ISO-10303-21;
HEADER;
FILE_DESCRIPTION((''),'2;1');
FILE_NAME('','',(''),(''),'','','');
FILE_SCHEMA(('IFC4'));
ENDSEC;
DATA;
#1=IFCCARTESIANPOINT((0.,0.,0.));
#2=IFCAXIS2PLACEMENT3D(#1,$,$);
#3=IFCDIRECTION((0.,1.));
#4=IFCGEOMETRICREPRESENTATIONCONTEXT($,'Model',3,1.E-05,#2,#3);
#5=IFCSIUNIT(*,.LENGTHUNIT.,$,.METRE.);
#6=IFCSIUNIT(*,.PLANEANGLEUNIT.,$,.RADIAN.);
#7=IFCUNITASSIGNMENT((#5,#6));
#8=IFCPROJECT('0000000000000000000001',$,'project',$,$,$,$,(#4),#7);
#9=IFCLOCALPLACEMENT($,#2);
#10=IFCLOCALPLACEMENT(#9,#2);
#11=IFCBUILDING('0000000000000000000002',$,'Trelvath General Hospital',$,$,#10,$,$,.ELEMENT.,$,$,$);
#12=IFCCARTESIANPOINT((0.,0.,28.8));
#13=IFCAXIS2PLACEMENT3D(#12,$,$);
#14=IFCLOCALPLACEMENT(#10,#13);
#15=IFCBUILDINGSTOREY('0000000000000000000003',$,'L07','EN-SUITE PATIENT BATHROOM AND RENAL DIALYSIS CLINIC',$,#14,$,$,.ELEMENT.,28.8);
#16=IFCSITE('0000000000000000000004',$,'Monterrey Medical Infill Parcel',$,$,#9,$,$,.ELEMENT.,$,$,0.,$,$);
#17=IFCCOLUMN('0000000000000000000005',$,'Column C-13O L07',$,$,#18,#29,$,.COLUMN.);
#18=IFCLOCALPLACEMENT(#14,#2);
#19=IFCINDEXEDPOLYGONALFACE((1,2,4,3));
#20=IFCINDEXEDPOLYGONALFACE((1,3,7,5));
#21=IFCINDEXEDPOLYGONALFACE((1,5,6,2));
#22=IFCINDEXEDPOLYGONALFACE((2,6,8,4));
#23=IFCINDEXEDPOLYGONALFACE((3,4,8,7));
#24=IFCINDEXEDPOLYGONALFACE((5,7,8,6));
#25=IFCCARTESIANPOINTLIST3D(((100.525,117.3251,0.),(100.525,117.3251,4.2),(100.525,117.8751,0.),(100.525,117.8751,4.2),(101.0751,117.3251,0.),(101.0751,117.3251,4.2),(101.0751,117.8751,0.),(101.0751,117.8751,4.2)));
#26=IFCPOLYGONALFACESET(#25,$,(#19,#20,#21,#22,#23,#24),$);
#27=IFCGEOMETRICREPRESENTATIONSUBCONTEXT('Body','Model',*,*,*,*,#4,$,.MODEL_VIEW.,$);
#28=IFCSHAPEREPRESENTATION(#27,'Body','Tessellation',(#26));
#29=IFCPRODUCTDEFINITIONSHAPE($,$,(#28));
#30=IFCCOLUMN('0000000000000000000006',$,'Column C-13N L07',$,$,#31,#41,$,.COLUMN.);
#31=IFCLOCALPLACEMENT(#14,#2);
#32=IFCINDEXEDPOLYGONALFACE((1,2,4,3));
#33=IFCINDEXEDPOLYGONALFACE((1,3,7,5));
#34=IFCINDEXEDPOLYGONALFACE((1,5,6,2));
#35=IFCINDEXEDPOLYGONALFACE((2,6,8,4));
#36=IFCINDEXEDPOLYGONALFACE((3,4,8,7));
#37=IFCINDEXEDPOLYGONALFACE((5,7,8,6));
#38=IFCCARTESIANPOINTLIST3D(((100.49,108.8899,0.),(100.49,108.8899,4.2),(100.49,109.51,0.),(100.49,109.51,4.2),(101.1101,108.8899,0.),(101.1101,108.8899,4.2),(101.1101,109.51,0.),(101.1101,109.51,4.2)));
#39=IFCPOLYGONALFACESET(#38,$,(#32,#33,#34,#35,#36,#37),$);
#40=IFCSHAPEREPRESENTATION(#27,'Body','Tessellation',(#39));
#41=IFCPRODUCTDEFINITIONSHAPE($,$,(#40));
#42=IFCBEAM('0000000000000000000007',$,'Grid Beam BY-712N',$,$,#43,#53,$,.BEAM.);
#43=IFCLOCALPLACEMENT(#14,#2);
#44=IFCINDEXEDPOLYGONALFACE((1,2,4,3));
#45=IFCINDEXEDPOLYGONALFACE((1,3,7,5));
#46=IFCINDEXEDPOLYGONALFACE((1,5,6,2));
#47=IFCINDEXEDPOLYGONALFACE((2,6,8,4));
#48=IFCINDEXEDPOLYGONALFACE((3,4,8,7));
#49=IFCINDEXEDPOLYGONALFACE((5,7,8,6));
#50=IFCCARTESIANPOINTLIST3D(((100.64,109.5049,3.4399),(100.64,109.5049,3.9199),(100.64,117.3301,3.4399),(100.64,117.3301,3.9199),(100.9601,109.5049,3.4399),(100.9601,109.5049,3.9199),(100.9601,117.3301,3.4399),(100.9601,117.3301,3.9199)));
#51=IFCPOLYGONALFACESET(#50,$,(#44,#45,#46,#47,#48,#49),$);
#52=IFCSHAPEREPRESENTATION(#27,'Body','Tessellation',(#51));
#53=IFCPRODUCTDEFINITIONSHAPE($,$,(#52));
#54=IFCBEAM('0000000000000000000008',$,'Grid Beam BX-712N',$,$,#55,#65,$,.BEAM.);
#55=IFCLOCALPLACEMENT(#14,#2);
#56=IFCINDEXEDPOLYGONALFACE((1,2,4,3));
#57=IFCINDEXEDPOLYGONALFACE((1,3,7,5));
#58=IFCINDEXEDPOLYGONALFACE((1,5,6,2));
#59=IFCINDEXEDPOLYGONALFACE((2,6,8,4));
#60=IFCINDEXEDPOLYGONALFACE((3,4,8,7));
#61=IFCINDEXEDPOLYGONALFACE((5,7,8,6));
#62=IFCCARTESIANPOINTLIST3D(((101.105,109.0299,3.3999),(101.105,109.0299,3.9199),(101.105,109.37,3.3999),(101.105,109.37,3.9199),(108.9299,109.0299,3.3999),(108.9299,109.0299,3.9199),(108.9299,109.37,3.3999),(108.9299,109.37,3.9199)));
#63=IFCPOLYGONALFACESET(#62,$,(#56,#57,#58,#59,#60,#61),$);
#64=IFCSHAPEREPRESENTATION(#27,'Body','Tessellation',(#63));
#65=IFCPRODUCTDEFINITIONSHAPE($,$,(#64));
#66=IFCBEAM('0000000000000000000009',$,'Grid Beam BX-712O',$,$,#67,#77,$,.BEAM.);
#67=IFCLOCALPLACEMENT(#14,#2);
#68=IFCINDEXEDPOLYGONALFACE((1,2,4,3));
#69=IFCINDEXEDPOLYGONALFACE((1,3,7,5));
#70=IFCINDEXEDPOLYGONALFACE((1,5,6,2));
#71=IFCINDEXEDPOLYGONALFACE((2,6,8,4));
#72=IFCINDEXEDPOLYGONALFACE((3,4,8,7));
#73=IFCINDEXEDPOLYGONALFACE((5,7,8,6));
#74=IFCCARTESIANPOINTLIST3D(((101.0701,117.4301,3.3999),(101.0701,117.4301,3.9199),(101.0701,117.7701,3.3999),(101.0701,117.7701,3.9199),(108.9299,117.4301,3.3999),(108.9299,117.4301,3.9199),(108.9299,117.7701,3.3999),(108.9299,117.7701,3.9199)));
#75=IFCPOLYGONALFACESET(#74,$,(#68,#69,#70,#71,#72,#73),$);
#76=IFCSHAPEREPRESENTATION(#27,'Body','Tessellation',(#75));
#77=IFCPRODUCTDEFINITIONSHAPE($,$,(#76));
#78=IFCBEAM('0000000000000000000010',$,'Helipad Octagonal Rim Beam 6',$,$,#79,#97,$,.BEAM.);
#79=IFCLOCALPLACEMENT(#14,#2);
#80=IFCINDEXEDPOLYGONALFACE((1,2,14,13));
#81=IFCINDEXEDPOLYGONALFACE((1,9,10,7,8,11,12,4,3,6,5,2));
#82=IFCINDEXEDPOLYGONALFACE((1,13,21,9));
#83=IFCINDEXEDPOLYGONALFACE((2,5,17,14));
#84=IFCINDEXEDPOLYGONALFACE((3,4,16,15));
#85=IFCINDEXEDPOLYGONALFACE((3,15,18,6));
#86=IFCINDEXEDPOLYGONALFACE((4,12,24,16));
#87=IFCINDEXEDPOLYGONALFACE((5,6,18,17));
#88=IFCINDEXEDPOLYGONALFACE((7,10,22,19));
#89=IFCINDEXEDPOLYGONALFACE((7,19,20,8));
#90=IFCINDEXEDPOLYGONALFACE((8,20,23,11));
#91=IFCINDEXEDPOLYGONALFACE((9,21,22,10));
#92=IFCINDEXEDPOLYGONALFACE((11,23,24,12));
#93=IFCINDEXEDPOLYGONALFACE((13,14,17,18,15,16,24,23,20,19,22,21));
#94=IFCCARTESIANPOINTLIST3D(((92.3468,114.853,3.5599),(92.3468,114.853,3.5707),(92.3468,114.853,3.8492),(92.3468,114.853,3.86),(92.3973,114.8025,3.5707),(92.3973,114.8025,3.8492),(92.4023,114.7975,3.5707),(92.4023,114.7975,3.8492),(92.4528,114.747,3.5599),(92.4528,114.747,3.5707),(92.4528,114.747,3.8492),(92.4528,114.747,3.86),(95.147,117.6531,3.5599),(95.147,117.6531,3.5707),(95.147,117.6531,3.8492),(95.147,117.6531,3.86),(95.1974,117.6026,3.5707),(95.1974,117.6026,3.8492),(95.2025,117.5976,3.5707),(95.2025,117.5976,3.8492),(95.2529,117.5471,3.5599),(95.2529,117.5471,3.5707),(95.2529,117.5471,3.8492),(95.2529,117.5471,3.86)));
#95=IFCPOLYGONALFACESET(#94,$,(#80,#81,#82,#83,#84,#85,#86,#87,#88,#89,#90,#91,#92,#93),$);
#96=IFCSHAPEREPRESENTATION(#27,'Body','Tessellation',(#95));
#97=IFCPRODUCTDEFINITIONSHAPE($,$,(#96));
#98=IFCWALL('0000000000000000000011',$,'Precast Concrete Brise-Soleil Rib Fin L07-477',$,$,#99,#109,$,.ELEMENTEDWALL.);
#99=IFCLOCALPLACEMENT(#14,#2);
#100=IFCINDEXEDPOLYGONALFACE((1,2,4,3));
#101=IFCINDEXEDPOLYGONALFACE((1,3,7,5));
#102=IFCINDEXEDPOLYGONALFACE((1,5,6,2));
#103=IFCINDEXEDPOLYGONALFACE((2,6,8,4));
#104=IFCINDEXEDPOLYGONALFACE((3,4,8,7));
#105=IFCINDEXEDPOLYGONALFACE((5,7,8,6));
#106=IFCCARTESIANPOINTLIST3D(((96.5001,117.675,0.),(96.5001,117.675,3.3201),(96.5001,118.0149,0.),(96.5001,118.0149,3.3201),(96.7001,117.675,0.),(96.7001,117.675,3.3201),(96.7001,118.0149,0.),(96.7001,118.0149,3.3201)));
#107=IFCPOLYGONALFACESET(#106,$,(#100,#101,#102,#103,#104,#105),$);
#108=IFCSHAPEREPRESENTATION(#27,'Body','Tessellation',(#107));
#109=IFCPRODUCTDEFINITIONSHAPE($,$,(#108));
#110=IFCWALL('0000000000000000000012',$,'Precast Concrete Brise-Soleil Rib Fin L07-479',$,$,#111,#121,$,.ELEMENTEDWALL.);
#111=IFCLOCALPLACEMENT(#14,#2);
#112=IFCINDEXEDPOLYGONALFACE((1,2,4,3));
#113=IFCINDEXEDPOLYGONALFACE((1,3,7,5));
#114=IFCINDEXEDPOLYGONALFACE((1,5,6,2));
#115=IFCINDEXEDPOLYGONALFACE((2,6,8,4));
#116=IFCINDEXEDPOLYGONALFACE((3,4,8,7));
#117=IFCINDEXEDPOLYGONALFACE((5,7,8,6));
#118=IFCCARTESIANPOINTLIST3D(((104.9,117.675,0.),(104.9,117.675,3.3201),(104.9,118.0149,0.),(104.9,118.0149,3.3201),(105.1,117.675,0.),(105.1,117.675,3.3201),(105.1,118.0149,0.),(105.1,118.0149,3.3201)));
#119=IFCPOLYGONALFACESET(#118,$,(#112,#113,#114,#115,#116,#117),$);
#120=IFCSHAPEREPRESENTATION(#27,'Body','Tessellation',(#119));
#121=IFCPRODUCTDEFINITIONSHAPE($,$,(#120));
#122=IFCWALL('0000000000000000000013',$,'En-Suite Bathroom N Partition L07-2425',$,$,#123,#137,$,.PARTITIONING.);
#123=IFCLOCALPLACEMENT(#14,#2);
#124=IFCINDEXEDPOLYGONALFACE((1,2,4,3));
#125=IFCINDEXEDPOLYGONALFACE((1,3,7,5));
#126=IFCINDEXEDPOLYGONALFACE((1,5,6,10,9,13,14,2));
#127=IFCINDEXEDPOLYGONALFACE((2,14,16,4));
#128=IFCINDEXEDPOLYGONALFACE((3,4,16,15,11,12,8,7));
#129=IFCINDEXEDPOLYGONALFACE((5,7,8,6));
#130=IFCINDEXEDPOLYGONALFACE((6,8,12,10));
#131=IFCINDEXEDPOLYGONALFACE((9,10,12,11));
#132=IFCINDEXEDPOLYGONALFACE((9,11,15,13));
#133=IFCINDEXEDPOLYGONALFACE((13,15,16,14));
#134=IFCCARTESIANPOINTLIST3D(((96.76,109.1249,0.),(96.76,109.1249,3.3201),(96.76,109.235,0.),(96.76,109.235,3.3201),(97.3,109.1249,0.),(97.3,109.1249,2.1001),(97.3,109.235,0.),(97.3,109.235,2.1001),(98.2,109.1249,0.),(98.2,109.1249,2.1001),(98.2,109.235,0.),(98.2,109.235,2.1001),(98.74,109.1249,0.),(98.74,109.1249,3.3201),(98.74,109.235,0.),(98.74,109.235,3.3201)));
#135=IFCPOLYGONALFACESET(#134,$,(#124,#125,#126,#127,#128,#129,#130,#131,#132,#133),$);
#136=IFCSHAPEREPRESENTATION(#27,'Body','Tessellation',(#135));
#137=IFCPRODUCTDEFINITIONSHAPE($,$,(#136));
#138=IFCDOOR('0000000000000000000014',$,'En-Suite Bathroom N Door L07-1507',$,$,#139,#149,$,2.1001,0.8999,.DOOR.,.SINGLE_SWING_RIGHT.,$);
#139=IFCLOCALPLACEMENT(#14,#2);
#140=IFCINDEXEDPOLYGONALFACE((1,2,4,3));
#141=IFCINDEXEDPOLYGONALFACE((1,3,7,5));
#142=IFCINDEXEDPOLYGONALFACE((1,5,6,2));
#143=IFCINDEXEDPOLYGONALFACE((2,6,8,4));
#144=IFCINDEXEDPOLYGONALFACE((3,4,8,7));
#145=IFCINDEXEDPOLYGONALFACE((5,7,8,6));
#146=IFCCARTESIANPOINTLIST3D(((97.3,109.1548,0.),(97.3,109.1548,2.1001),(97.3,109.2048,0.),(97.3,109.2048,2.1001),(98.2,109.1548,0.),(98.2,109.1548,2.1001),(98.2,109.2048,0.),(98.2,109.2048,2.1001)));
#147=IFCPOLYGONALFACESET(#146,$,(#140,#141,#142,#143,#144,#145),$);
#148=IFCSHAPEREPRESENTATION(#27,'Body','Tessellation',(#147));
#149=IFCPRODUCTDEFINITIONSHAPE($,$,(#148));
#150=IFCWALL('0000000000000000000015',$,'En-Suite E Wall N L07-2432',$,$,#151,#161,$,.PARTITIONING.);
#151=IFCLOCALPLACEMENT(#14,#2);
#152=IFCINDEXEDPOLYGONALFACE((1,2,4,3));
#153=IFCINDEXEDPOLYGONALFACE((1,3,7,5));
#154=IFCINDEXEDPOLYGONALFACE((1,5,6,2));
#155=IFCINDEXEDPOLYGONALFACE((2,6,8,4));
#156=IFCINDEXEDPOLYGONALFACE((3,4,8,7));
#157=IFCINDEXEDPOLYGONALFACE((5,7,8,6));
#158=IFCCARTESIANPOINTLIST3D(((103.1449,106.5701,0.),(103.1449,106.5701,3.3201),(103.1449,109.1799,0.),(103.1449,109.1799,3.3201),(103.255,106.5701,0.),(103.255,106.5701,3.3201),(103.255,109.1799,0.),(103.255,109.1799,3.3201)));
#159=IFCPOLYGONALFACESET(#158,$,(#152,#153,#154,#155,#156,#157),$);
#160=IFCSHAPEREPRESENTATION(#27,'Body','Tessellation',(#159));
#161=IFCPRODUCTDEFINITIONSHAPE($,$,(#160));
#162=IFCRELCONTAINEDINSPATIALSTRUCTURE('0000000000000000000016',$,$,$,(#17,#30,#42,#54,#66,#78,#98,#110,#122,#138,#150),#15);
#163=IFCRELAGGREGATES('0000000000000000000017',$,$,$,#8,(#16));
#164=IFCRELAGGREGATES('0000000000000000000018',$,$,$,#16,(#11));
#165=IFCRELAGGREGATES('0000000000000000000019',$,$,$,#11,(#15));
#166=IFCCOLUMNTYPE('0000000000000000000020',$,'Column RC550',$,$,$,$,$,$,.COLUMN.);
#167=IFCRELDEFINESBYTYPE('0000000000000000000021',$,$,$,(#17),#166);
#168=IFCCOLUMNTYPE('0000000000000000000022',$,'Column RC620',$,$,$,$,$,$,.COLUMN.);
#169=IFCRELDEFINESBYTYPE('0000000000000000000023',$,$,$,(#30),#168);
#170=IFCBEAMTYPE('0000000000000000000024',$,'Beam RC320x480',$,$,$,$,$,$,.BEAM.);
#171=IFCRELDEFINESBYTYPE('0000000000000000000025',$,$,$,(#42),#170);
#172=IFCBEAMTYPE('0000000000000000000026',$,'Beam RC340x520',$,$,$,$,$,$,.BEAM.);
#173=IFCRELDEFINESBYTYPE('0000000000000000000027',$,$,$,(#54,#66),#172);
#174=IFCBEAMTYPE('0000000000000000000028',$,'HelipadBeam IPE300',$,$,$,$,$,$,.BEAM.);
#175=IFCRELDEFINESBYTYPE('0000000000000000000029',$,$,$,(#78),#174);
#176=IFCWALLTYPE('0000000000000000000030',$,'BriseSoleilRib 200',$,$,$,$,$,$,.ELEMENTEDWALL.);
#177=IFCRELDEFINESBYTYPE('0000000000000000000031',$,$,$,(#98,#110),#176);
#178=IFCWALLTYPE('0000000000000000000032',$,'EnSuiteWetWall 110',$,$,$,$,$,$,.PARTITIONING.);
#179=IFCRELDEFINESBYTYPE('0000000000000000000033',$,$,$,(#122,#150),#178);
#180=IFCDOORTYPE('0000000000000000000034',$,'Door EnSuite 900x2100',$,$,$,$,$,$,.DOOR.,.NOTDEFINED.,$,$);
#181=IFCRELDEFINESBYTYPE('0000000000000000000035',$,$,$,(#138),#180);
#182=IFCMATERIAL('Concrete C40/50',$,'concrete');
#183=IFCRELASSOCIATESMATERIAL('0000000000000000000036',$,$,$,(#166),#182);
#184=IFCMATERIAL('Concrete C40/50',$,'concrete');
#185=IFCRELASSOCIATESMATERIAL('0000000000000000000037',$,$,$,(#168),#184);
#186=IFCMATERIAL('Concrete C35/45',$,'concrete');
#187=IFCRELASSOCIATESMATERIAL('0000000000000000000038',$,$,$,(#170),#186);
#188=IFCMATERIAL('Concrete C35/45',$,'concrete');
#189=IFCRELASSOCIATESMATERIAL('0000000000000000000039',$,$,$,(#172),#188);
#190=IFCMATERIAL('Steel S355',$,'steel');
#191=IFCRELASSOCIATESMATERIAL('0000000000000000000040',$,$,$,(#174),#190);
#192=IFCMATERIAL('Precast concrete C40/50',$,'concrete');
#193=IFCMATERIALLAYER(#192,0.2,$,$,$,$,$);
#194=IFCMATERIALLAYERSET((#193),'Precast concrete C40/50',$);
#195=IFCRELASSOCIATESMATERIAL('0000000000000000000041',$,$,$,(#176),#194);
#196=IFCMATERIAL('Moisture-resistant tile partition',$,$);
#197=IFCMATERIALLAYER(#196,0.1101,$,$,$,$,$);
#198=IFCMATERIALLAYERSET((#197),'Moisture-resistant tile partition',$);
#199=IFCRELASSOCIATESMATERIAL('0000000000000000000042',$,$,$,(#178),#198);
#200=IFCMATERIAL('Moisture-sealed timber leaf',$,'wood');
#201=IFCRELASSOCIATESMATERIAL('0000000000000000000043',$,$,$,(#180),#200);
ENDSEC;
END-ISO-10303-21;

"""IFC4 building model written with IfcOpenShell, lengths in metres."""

from ifc_helpers import new_model, si_unit, direction, frame, frame_2d, origin, origin_2d, place, context, subcontext, project, spatial, rectangle, i_section, extrude, material, layer, layer_set, material_profile, profile_set, type_object, element, fill, save


model = new_model("IFC4")

# Units and contexts
model_context = context("Model", 3, precision=1e-05, world=origin(), true_north=direction((0.0, 1.0)))
body_context = subcontext(model_context, "Body", "Model", "MODEL_VIEW")
ifc_project = project(units=[si_unit("LENGTHUNIT", "METRE"), si_unit("PLANEANGLEUNIT", "RADIAN")], contexts=[model_context])

# Site, building, storey
site_placement = place(None, origin())
site = spatial("IfcSite", under=ifc_project, at=site_placement, Name="Monterrey Medical Infill Parcel", CompositionType="ELEMENT", RefElevation=0.0)
building_placement = place(site_placement, origin())
building = spatial("IfcBuilding", under=site, at=building_placement, Name="Trelvath General Hospital", CompositionType="ELEMENT")
storey_placement = place(building_placement, frame((0.0, 0.0, 28.8)))
storey = spatial("IfcBuildingStorey", under=building, at=storey_placement, Name="L07", Description="EN-SUITE PATIENT BATHROOM AND RENAL DIALYSIS CLINIC", CompositionType="ELEMENT", Elevation=28.8)

# Columns
ifc_material_1 = material(Name="Concrete C40/50", Category="concrete")
ifc_material_profile_1 = material_profile(ifc_material_1, rectangle(XDim=0.55, YDim=0.55, at=origin_2d()), Name="RC550x550")
ifc_profile_set_1 = profile_set([ifc_material_profile_1], Name="Concrete C40/50")
column_type_1 = type_object("IfcColumnType", Name="Column RC550", PredefinedType="COLUMN", material=ifc_profile_set_1)
column_1_placement = place(storey_placement, frame((100.8, 117.6001, 0.0), z_axis=(0.0, 0.0, 1.0), x_axis=(1.0, 0.0, 0.0)))
element("IfcColumn", 1, at=column_1_placement, inside=storey, type_object=column_type_1, Name="Column C-13O L07", PredefinedType="COLUMN", context=body_context, shape_type="SweptSolid", body=[
    extrude(rectangle(XDim=0.55, YDim=0.55, at=origin_2d()), origin(), (0.0, 0.0, 1.0), 4.2),
])
ifc_material_2 = material(Name="Concrete C40/50", Category="concrete")
ifc_material_profile_2 = material_profile(ifc_material_2, rectangle(XDim=0.6201, YDim=0.6201, at=origin_2d()), Name="RC620x620")
ifc_profile_set_2 = profile_set([ifc_material_profile_2], Name="Concrete C40/50")
column_type_2 = type_object("IfcColumnType", Name="Column RC620", PredefinedType="COLUMN", material=ifc_profile_set_2)
column_2_placement = place(storey_placement, frame((100.8, 109.2, 0.0), z_axis=(0.0, 0.0, 1.0), x_axis=(1.0, 0.0, 0.0)))
element("IfcColumn", 2, at=column_2_placement, inside=storey, type_object=column_type_2, Name="Column C-13N L07", PredefinedType="COLUMN", context=body_context, shape_type="SweptSolid", body=[
    extrude(rectangle(XDim=0.6201, YDim=0.6201, at=origin_2d()), origin(), (0.0, 0.0, 1.0), 4.2),
])

# Beams
ifc_material_3 = material(Name="Concrete C35/45", Category="concrete")
ifc_material_profile_3 = material_profile(ifc_material_3, rectangle(XDim=0.3201, YDim=0.48, at=origin_2d()), Name="RCB320x480")
ifc_profile_set_3 = profile_set([ifc_material_profile_3], Name="Concrete C35/45")
beam_type_1 = type_object("IfcBeamType", Name="Beam RC320x480", PredefinedType="BEAM", material=ifc_profile_set_3)
beam_1_placement = place(storey_placement, frame((100.8, 109.5049, 3.6799), z_axis=(0.0, 1.0, 0.0), x_axis=(-1.0, 0.0, 0.0)))
element("IfcBeam", 3, at=beam_1_placement, inside=storey, type_object=beam_type_1, Name="Grid Beam BY-712N", PredefinedType="BEAM", context=body_context, shape_type="SweptSolid", body=[
    extrude(rectangle(XDim=0.3201, YDim=0.48, at=origin_2d()), origin(), (0.0, 0.0, 1.0), 7.8252),
])
ifc_material_4 = material(Name="Concrete C35/45", Category="concrete")
ifc_material_profile_4 = material_profile(ifc_material_4, rectangle(XDim=0.3401, YDim=0.52, at=origin_2d()), Name="RCB340x520")
ifc_profile_set_4 = profile_set([ifc_material_profile_4], Name="Concrete C35/45")
beam_type_2 = type_object("IfcBeamType", Name="Beam RC340x520", PredefinedType="BEAM", material=ifc_profile_set_4)
beam_2_placement = place(storey_placement, frame((101.105, 109.2, 3.6599), z_axis=(1.0, 0.0, 0.0), x_axis=(0.0, 1.0, 0.0)))
element("IfcBeam", 4, at=beam_2_placement, inside=storey, type_object=beam_type_2, Name="Grid Beam BX-712N", PredefinedType="BEAM", context=body_context, shape_type="SweptSolid", body=[
    extrude(rectangle(XDim=0.3401, YDim=0.52, at=origin_2d()), origin(), (0.0, 0.0, 1.0), 7.825),
])
beam_3_placement = place(storey_placement, frame((101.0701, 117.6001, 3.6599), z_axis=(1.0, 0.0, 0.0), x_axis=(0.0, 1.0, 0.0)))
element("IfcBeam", 5, at=beam_3_placement, inside=storey, type_object=beam_type_2, Name="Grid Beam BX-712O", PredefinedType="BEAM", context=body_context, shape_type="SweptSolid", body=[
    extrude(rectangle(XDim=0.3401, YDim=0.52, at=origin_2d()), origin(), (0.0, 0.0, 1.0), 7.8599),
])
ifc_material_5 = material(Name="Steel S355", Category="steel")
ifc_material_profile_5 = material_profile(ifc_material_5, i_section(OverallWidth=0.1499, OverallDepth=0.3, WebThickness=0.0071, FlangeThickness=0.0107, at=origin_2d()), Name="IPE300")
ifc_profile_set_5 = profile_set([ifc_material_profile_5], Name="Steel S355")
beam_type_3 = type_object("IfcBeamType", Name="HelipadBeam IPE300", PredefinedType="BEAM", material=ifc_profile_set_5)
beam_4_placement = place(storey_placement, frame((95.2, 117.6001, 3.71), z_axis=(-0.707107, -0.707107, 0.0), x_axis=(0.707107, -0.707107, 0.0)))
element("IfcBeam", 6, at=beam_4_placement, inside=storey, type_object=beam_type_3, Name="Helipad Octagonal Rim Beam 6", PredefinedType="BEAM", context=body_context, shape_type="SweptSolid", body=[
    extrude(i_section(OverallWidth=0.1499, OverallDepth=0.3, WebThickness=0.0071, FlangeThickness=0.0107, at=origin_2d()), origin(), (0.0, 0.0, 1.0), 3.96),
])

# Walls
ifc_material_6 = material(Name="Precast concrete C40/50", Category="concrete")
ifc_layer_1 = layer(ifc_material_6, 0.2)
ifc_layer_set_1 = layer_set([ifc_layer_1], Name="Precast concrete C40/50")
wall_type_1 = type_object("IfcWallType", Name="BriseSoleilRib 200", PredefinedType="ELEMENTEDWALL", material=ifc_layer_set_1)
for number, where, z_axis, x_axis, name in (
    (7, (96.6001, 117.675, 0.0), (0.0, 0.0, 1.0), (0.0, 1.0, 0.0), "Precast Concrete Brise-Soleil Rib Fin L07-477"),
    (8, (105.0, 117.675, 0.0), (0.0, 0.0, 1.0), (0.0, 1.0, 0.0), "Precast Concrete Brise-Soleil Rib Fin L07-479"),
):
    element("IfcWall", number, at=place(storey_placement, frame(where, z_axis=z_axis, x_axis=x_axis)), inside=storey, type_object=wall_type_1, Name=name, PredefinedType="ELEMENTEDWALL", context=body_context, shape_type="SweptSolid", body=[
        extrude(rectangle(XDim=0.3398, YDim=0.2, at=frame_2d((0.1699, 0.0))), origin(), (0.0, 0.0, 1.0), 3.3201),
    ])

# Wall, opening, door
ifc_material_7 = material(Name="Moisture-resistant tile partition")
ifc_layer_2 = layer(ifc_material_7, 0.1101)
ifc_layer_set_2 = layer_set([ifc_layer_2], Name="Moisture-resistant tile partition")
wall_type_2 = type_object("IfcWallType", Name="EnSuiteWetWall 110", PredefinedType="PARTITIONING", material=ifc_layer_set_2)
wall_1_placement = place(storey_placement, frame((96.76, 109.1799, 0.0), z_axis=(0.0, 0.0, 1.0), x_axis=(1.0, 0.0, 0.0)))
wall_1 = element("IfcWall", 9, at=wall_1_placement, inside=storey, type_object=wall_type_2, Name="En-Suite Bathroom N Partition L07-2425", PredefinedType="PARTITIONING", context=body_context, shape_type="SweptSolid", body=[
    extrude(rectangle(XDim=1.98, YDim=0.1101, at=frame_2d((0.99, 0.0))), origin(), (0.0, 0.0, 1.0), 3.3201),
])
opening_1_placement = place(wall_1_placement, frame((0.54, 0.0, 0.0)))
opening_1 = element("IfcOpeningElement", 10, at=opening_1_placement, cuts=wall_1, PredefinedType="OPENING", context=body_context, shape_type="SweptSolid", body=[
    extrude(rectangle(XDim=0.8999, YDim=2.1001, at=frame_2d((0.45, 1.05))), frame((0.0, 0.0649, 0.0), z_axis=(0.0, -1.0, 0.0), x_axis=(1.0, 0.0, 0.0)), (0.0, 0.0, 1.0), 0.1301),
])
ifc_material_8 = material(Name="Moisture-sealed timber leaf", Category="wood")
door_type = type_object("IfcDoorType", Name="Door EnSuite 900x2100", OperationType="NOTDEFINED", PredefinedType="DOOR", material=ifc_material_8)
door_1_placement = place(opening_1_placement, origin())
door_1 = element("IfcDoor", 11, at=door_1_placement, inside=storey, type_object=door_type, Name="En-Suite Bathroom N Door L07-1507", OperationType="SINGLE_SWING_RIGHT", OverallHeight=2.1001, OverallWidth=0.8999, PredefinedType="DOOR", context=body_context, shape_type="SweptSolid", body=[
    extrude(rectangle(XDim=0.8999, YDim=2.1001, at=frame_2d((0.45, 1.05))), frame((0.0, 0.0249, 0.0), z_axis=(0.0, -1.0, 0.0), x_axis=(1.0, 0.0, 0.0)), (0.0, 0.0, 1.0), 0.05),
])
fill(opening_1, door_1)

# Wall
wall_2_placement = place(storey_placement, frame((103.2, 106.5701, 0.0), z_axis=(0.0, 0.0, 1.0), x_axis=(0.0, 1.0, 0.0)))
element("IfcWall", 12, at=wall_2_placement, inside=storey, type_object=wall_type_2, Name="En-Suite E Wall N L07-2432", PredefinedType="PARTITIONING", context=body_context, shape_type="SweptSolid", body=[
    extrude(rectangle(XDim=2.6099, YDim=0.1101, at=frame_2d((1.3049, 0.0))), origin(), (0.0, 0.0, 1.0), 3.3201),
])

save(model, "model.ifc")
